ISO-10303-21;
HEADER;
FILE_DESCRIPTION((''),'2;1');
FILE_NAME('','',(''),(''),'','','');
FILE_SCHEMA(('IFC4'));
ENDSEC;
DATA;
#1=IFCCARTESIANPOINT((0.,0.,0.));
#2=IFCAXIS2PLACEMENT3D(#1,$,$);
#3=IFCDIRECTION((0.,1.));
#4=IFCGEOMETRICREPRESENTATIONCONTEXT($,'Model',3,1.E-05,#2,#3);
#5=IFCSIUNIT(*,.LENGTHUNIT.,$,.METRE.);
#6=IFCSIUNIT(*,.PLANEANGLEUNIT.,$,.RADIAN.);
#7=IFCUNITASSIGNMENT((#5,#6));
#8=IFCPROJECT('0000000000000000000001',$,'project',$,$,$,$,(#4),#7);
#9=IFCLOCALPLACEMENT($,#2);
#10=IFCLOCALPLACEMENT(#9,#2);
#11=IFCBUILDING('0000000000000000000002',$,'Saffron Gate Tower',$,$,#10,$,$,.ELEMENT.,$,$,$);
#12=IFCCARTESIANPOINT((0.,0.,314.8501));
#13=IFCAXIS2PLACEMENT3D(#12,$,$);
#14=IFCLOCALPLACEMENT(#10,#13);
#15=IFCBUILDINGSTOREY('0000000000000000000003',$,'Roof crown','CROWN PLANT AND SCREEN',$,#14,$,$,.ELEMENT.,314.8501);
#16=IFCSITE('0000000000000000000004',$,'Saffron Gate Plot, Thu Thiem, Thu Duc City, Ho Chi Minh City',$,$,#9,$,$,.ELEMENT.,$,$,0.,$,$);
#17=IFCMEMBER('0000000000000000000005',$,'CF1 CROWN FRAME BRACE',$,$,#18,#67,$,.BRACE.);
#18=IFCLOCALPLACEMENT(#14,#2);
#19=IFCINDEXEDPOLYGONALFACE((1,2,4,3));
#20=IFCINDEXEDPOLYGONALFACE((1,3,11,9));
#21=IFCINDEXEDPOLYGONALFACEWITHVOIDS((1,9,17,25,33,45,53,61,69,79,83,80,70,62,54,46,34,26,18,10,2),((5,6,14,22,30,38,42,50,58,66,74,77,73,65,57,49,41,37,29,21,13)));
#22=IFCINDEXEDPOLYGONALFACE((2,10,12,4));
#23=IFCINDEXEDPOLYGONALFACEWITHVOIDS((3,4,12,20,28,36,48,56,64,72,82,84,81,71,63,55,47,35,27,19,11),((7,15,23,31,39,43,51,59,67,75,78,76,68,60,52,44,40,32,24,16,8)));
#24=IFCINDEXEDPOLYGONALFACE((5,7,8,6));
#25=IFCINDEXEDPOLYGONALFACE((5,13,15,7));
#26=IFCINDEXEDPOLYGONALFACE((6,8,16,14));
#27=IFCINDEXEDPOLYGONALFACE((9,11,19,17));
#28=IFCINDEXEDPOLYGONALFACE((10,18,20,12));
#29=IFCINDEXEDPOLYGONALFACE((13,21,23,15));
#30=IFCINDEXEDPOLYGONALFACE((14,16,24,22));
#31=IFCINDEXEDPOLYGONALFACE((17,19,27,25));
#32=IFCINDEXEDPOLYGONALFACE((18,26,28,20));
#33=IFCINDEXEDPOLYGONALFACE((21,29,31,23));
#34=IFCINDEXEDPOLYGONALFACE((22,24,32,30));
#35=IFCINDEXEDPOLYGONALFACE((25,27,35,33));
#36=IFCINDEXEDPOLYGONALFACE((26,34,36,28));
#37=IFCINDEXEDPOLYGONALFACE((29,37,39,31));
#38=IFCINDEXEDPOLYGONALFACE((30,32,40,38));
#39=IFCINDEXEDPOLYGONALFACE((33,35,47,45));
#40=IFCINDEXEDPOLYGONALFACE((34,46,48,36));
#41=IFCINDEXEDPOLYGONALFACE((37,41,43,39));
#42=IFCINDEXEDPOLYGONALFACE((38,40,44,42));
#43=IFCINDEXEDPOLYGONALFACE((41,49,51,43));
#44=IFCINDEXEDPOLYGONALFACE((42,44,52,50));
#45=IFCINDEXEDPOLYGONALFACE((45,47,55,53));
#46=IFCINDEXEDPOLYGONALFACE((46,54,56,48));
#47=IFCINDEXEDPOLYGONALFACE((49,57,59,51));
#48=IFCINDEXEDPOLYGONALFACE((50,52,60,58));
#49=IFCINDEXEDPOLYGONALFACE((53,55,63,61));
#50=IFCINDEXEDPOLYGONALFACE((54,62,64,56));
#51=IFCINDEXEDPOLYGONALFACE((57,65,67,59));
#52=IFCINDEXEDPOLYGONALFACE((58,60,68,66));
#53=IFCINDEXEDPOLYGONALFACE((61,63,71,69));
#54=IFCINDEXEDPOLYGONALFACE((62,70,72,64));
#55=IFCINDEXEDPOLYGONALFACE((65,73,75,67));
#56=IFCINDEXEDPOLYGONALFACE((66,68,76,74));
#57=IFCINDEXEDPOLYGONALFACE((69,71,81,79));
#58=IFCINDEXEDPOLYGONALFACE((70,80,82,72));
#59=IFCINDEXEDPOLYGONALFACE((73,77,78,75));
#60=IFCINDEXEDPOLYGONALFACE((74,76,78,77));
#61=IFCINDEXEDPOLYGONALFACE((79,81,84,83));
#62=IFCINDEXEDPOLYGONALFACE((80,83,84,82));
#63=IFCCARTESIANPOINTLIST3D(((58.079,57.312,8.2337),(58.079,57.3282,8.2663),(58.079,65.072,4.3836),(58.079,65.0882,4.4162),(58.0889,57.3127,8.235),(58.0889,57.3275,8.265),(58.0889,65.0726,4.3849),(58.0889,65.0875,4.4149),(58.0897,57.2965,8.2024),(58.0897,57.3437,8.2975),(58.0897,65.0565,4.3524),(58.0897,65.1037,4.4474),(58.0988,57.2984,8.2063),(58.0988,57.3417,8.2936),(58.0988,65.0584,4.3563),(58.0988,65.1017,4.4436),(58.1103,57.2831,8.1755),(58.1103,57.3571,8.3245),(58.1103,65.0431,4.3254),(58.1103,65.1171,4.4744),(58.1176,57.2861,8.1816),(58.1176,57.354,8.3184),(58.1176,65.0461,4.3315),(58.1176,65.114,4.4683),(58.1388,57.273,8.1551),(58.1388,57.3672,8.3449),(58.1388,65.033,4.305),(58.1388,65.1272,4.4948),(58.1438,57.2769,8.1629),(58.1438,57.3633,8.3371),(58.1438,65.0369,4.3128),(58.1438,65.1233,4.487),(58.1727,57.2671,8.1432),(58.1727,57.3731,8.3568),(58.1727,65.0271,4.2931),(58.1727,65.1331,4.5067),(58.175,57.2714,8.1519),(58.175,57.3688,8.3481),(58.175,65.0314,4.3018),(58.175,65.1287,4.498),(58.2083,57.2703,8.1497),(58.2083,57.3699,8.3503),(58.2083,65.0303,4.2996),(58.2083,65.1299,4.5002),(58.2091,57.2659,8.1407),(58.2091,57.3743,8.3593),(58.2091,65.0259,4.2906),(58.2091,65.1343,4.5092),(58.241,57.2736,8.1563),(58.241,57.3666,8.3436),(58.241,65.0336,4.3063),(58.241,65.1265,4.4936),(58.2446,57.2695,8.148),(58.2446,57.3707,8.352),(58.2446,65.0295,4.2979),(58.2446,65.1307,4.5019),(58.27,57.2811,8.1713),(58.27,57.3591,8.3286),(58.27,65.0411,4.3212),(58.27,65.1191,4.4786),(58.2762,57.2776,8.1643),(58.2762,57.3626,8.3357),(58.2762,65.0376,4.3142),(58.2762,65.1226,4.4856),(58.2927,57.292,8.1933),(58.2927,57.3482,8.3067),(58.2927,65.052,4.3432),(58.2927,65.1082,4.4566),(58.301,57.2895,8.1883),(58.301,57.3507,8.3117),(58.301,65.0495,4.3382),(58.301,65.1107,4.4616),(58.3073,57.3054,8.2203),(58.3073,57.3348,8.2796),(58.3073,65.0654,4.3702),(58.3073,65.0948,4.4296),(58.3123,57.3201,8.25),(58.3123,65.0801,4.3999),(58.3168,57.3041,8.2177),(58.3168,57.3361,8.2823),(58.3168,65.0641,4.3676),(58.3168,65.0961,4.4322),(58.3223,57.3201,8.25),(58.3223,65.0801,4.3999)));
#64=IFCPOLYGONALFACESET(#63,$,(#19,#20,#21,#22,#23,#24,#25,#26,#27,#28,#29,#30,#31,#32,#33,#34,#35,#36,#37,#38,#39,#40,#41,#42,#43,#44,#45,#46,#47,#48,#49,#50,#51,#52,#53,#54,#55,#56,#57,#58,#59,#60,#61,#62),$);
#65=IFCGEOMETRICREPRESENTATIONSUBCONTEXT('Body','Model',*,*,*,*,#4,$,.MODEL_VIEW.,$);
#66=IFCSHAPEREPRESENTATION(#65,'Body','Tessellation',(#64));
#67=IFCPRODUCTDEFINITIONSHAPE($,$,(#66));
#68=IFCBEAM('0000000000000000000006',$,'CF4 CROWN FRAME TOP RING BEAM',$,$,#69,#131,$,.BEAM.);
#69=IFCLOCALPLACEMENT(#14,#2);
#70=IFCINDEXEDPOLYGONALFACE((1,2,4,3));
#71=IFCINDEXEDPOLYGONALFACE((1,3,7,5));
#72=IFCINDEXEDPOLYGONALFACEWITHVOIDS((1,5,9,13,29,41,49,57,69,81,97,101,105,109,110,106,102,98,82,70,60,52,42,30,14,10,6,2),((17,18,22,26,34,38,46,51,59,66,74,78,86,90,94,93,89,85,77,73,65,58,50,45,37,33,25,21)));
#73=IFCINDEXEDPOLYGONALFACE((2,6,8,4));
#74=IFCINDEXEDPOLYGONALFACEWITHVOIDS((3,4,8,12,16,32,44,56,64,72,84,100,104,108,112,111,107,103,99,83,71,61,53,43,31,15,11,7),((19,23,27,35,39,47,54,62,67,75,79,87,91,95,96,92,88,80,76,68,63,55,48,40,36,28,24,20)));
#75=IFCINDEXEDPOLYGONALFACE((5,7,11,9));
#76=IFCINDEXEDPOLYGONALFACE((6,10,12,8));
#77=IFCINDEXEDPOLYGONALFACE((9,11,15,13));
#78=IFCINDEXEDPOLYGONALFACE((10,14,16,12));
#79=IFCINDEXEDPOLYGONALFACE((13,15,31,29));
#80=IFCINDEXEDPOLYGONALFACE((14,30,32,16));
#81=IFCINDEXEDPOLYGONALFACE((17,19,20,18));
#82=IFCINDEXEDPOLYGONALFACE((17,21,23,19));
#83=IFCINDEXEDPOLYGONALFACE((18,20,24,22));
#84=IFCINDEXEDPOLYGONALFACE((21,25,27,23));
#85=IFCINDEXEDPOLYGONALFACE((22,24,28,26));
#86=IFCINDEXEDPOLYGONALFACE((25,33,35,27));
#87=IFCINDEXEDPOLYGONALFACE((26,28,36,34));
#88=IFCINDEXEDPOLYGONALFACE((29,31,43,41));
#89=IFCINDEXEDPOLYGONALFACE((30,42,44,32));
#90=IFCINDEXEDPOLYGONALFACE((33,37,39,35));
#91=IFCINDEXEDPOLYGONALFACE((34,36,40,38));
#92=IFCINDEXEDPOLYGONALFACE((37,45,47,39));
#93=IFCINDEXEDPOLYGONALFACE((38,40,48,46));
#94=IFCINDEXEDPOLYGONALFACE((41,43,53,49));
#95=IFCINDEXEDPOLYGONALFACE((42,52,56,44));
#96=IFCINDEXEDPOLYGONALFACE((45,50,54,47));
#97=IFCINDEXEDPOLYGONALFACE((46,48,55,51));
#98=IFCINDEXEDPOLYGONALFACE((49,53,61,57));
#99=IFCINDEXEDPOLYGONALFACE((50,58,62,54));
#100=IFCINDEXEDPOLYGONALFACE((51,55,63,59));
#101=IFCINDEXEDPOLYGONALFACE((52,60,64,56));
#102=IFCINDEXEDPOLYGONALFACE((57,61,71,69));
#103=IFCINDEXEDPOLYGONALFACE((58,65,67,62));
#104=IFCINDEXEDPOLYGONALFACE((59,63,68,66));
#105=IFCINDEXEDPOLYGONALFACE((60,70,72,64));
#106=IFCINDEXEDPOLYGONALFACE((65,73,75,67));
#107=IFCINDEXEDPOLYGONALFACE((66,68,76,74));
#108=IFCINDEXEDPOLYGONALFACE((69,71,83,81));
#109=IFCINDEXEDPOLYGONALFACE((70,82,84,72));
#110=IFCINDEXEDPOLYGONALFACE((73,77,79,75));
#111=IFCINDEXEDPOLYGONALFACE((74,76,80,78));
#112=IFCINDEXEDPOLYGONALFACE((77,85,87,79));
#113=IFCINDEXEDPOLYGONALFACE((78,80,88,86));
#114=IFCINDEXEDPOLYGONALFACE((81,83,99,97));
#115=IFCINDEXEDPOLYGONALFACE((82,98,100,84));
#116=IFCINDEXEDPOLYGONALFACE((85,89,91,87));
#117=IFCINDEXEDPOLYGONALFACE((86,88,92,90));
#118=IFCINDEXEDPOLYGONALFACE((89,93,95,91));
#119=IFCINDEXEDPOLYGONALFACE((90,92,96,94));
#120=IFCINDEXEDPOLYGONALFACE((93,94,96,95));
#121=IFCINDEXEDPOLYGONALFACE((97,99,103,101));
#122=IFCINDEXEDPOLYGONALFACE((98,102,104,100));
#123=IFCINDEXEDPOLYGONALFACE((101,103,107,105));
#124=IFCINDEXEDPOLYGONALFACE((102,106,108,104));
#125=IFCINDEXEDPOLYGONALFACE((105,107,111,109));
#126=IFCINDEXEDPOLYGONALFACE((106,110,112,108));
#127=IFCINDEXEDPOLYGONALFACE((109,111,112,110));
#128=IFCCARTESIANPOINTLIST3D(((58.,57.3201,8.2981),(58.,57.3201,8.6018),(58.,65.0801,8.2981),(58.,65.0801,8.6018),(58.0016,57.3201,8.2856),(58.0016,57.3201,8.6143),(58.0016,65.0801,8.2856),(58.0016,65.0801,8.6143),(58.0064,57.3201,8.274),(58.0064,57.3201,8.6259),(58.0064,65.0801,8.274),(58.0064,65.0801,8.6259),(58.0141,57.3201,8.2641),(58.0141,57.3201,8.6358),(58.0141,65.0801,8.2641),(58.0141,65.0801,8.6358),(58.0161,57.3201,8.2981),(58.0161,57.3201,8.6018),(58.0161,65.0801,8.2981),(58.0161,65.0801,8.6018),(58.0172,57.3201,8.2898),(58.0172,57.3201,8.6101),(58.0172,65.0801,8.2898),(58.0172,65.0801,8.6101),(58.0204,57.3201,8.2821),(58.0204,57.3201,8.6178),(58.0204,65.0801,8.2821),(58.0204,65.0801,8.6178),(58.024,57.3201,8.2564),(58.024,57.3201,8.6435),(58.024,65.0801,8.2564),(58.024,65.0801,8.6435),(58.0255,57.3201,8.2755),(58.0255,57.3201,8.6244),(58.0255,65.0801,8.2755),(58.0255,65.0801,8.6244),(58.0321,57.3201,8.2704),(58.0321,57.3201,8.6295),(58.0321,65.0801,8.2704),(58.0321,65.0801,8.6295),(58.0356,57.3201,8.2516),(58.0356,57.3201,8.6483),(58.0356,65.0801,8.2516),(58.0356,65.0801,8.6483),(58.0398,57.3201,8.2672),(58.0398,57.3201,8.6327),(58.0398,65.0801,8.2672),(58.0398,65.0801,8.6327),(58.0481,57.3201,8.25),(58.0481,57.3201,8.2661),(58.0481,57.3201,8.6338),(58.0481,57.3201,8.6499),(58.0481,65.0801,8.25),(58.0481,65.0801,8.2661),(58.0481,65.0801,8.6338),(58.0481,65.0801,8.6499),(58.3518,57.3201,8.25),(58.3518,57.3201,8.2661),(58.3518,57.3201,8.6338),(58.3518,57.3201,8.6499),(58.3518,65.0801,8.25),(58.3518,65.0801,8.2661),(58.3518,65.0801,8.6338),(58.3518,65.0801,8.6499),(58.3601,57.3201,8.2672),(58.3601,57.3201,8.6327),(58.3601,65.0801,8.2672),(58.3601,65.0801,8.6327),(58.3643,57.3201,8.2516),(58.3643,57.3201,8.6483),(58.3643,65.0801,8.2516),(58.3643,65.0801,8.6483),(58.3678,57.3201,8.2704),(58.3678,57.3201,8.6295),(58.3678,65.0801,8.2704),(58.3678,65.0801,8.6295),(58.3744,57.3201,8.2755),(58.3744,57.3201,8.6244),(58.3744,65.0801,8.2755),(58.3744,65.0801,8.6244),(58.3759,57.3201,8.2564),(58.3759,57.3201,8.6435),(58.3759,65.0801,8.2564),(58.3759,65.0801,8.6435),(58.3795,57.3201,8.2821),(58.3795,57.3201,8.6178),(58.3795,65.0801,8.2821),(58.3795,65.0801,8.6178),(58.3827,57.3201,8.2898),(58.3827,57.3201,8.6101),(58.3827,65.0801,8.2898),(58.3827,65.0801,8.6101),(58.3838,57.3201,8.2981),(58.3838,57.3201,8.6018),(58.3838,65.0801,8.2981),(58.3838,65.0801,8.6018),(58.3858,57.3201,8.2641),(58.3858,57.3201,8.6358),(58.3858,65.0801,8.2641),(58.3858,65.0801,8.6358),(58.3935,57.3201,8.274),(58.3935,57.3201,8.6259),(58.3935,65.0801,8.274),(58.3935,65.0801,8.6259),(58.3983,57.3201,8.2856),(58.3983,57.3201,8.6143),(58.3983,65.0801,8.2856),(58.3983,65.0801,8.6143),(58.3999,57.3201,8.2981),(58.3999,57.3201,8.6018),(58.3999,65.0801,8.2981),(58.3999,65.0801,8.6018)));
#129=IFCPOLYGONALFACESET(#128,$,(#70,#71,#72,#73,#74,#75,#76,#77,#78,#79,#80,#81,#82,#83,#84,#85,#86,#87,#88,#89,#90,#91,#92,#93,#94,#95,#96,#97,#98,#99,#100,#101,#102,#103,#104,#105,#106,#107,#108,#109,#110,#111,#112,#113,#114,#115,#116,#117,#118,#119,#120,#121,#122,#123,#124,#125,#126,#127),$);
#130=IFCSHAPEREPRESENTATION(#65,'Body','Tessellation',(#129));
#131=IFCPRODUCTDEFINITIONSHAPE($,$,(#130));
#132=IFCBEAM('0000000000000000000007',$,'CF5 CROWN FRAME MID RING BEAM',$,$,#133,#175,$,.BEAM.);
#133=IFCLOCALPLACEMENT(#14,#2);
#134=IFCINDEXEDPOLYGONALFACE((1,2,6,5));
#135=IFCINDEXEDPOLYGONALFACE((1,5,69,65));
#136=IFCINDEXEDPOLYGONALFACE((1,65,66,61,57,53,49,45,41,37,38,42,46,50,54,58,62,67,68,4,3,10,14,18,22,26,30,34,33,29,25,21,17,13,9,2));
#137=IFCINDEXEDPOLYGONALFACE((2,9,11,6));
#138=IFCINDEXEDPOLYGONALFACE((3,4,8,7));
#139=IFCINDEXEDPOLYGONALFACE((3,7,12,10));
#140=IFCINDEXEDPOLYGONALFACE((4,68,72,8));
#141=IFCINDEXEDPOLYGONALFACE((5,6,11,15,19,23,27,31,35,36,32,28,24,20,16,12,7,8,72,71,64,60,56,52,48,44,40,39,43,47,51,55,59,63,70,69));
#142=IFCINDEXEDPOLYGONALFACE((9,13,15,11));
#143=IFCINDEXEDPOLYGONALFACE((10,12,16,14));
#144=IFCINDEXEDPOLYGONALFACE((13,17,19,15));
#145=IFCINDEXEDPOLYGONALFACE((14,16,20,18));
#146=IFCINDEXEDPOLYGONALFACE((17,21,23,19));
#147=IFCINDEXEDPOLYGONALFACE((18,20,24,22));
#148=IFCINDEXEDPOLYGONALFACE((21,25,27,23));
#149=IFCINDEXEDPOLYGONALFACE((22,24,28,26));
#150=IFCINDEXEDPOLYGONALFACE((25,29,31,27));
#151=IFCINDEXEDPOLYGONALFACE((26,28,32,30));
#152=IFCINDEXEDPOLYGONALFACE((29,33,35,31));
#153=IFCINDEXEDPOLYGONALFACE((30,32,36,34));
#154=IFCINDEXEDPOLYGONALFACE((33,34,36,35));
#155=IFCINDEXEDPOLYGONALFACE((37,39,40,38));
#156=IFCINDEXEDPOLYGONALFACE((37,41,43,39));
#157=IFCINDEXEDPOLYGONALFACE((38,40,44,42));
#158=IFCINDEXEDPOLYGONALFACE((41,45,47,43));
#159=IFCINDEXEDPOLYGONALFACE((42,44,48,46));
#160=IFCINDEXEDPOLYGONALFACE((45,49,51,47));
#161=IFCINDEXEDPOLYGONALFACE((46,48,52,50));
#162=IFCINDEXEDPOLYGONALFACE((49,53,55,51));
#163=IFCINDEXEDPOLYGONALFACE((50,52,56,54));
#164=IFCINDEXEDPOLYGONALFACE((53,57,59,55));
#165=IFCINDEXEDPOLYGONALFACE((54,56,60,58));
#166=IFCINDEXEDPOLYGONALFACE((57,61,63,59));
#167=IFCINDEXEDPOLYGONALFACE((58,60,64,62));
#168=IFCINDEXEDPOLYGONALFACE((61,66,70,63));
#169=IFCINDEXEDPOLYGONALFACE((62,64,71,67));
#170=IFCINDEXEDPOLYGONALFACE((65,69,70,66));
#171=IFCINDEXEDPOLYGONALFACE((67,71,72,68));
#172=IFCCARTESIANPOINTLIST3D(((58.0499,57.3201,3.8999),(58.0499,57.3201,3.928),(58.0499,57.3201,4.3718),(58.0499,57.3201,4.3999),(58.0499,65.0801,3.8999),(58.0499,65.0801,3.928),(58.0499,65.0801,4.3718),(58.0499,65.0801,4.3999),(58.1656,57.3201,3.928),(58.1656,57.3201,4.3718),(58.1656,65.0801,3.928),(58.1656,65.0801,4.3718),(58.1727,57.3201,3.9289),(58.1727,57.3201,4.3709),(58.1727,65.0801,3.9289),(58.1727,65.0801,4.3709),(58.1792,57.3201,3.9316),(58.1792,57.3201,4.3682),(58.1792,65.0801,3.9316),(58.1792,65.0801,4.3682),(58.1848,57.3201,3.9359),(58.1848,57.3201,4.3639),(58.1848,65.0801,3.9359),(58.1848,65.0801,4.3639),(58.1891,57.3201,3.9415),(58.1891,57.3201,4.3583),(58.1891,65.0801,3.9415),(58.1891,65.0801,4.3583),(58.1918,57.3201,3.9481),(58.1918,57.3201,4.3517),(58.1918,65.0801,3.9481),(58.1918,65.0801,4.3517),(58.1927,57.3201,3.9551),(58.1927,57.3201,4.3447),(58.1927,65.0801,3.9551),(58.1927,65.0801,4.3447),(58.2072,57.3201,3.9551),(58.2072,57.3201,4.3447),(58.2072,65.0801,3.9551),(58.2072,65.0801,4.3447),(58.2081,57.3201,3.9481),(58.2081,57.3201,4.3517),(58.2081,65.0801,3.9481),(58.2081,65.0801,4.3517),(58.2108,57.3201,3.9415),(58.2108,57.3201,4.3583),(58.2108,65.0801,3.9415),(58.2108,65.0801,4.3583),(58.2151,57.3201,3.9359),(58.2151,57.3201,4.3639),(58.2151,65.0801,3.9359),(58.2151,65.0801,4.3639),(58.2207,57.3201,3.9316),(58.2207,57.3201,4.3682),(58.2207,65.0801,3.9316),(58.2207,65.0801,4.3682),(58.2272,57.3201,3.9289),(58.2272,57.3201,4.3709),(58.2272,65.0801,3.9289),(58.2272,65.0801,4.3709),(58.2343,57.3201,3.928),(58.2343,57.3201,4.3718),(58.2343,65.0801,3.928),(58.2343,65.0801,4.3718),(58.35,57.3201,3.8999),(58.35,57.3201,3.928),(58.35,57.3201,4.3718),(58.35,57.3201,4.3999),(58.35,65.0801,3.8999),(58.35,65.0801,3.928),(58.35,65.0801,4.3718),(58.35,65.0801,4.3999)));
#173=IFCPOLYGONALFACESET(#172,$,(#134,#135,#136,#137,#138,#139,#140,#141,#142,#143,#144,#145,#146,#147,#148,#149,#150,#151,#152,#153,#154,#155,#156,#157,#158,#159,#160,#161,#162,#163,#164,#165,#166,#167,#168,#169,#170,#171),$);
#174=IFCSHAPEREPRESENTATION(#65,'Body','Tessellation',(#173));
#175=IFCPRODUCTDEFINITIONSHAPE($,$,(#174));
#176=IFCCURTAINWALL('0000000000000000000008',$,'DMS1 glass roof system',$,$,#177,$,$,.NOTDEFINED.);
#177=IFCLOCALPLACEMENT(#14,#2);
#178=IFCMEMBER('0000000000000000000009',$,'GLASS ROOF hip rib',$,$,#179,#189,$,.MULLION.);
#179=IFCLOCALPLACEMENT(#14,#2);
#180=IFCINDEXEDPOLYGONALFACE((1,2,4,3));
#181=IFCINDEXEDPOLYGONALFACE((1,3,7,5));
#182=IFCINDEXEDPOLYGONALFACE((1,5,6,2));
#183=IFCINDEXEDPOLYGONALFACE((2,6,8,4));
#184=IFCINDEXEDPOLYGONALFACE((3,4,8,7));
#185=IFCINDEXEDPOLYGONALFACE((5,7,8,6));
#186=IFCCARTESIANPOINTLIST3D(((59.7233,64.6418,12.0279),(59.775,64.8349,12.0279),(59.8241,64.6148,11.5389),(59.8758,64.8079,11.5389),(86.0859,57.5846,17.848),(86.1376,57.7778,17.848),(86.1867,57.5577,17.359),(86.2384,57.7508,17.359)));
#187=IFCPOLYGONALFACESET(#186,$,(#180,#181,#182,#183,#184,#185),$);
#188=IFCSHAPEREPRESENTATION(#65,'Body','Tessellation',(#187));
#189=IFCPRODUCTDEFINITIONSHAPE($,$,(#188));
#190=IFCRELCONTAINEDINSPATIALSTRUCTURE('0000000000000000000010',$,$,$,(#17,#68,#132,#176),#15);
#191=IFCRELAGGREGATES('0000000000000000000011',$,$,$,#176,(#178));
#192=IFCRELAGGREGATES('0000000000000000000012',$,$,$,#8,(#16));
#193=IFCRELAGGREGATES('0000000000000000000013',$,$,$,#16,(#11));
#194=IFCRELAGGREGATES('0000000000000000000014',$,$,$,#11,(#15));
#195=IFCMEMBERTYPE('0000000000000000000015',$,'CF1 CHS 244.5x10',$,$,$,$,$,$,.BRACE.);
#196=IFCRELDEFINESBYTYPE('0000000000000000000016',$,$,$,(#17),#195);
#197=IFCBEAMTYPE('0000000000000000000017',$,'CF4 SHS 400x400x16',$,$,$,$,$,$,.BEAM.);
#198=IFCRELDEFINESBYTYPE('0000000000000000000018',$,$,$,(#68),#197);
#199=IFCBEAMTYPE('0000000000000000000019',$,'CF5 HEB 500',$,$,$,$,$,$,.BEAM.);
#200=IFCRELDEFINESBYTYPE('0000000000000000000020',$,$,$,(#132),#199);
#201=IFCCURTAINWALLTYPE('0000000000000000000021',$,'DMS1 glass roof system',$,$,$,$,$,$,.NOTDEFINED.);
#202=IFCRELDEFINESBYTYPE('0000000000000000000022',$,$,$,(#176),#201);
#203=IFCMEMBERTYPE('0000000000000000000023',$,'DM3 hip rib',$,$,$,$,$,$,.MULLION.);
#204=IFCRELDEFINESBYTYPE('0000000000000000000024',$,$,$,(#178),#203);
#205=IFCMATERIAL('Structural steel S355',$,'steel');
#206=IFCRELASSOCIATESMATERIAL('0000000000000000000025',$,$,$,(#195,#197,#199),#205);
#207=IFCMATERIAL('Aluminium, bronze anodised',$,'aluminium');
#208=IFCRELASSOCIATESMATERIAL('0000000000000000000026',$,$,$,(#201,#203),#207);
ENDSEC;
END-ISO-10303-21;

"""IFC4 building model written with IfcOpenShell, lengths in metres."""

from ifc_helpers import new_model, si_unit, direction, frame, origin, origin_2d, place, context, subcontext, project, spatial, rectangle, hollow_rectangle, hollow_circle, i_section, extrude, material, material_profile, profile_set, type_object, element, aggregate, save


model = new_model("IFC4")

# Units and contexts
model_context = context("Model", 3, precision=1e-05, world=origin(), true_north=direction((0.0, 1.0)))
body_context = subcontext(model_context, "Body", "Model", "MODEL_VIEW")
ifc_project = project(units=[si_unit("LENGTHUNIT", "METRE"), si_unit("PLANEANGLEUNIT", "RADIAN")], contexts=[model_context])

# Site, building, storey
site_placement = place(None, origin())
site = spatial("IfcSite", under=ifc_project, at=site_placement, Name="Saffron Gate Plot, Thu Thiem, Thu Duc City, Ho Chi Minh City", CompositionType="ELEMENT", RefElevation=0.0)
building_placement = place(site_placement, origin())
building = spatial("IfcBuilding", under=site, at=building_placement, Name="Saffron Gate Tower", CompositionType="ELEMENT")
storey_placement = place(building_placement, frame((0.0, 0.0, 314.8501)))
storey = spatial("IfcBuildingStorey", under=building, at=storey_placement, Name="Roof crown", Description="CROWN PLANT AND SCREEN", CompositionType="ELEMENT", Elevation=314.8501)

# Shared definitions
ifc_material_1 = material(Name="Structural steel S355", Category="steel")

# Member
ifc_material_profile_1 = material_profile(ifc_material_1, hollow_circle(Radius=0.1223, WallThickness=0.01, at=origin_2d()))
ifc_profile_set_1 = profile_set([ifc_material_profile_1], Name="Structural steel S355")
member_type_1 = type_object("IfcMemberType", Name="CF1 CHS 244.5x10", PredefinedType="BRACE", material=ifc_profile_set_1)
member_1_placement = place(storey_placement, frame((58.2, 65.0801, 4.3999), z_axis=(0.0, -0.895804, 0.44445), x_axis=(1.0, 0.0, 0.0)))
element("IfcMember", 1, at=member_1_placement, inside=storey, type_object=member_type_1, Name="CF1 CROWN FRAME BRACE", PredefinedType="BRACE", context=body_context, shape_type="SweptSolid", body=[
    extrude(hollow_circle(Radius=0.1223, WallThickness=0.01, at=origin_2d()), origin(), (0.0, 0.0, 1.0), 8.6626),
])

# Beams
ifc_material_profile_2 = material_profile(ifc_material_1, hollow_rectangle(XDim=0.3999, YDim=0.3999, WallThickness=0.0161, InnerFilletRadius=0.032, OuterFilletRadius=0.0481, at=origin_2d()))
ifc_profile_set_2 = profile_set([ifc_material_profile_2], Name="Structural steel S355")
beam_type_1 = type_object("IfcBeamType", Name="CF4 SHS 400x400x16", PredefinedType="BEAM", material=ifc_profile_set_2)
beam_1_placement = place(storey_placement, frame((58.2, 65.0801, 8.45), z_axis=(0.0, -1.0, 0.0), x_axis=(1.0, 0.0, 0.0)))
element("IfcBeam", 2, at=beam_1_placement, inside=storey, type_object=beam_type_1, Name="CF4 CROWN FRAME TOP RING BEAM", PredefinedType="BEAM", context=body_context, shape_type="SweptSolid", body=[
    extrude(hollow_rectangle(XDim=0.3999, YDim=0.3999, WallThickness=0.0161, InnerFilletRadius=0.032, OuterFilletRadius=0.0481, at=origin_2d()), origin(), (0.0, 0.0, 1.0), 7.76),
])
ifc_material_profile_3 = material_profile(ifc_material_1, i_section(OverallWidth=0.3, OverallDepth=0.5, WebThickness=0.0144, FlangeThickness=0.0281, FilletRadius=0.0271, at=origin_2d()))
ifc_profile_set_3 = profile_set([ifc_material_profile_3], Name="Structural steel S355")
beam_type_2 = type_object("IfcBeamType", Name="CF5 HEB 500", PredefinedType="BEAM", material=ifc_profile_set_3)
beam_2_placement = place(storey_placement, frame((58.2, 65.0801, 4.1499), z_axis=(0.0, -1.0, 0.0), x_axis=(1.0, 0.0, 0.0)))
element("IfcBeam", 3, at=beam_2_placement, inside=storey, type_object=beam_type_2, Name="CF5 CROWN FRAME MID RING BEAM", PredefinedType="BEAM", context=body_context, shape_type="SweptSolid", body=[
    extrude(i_section(OverallWidth=0.3, OverallDepth=0.5, WebThickness=0.0144, FlangeThickness=0.0281, FilletRadius=0.0271, at=origin_2d()), origin(), (0.0, 0.0, 1.0), 7.76),
])

# Curtain wall, member
ifc_material_2 = material(Name="Aluminium, bronze anodised", Category="aluminium")
curtain_wall_type = type_object("IfcCurtainWallType", Name="DMS1 glass roof system", PredefinedType="NOTDEFINED", material=ifc_material_2)
curtain_wall_placement = place(storey_placement, origin())
curtain_wall = element("IfcCurtainWall", 4, at=curtain_wall_placement, inside=storey, type_object=curtain_wall_type, Name="DMS1 glass roof system", PredefinedType="NOTDEFINED")
ifc_material_profile_4 = material_profile(ifc_material_2, rectangle(XDim=0.2, YDim=0.5, at=origin_2d()))
ifc_profile_set_4 = profile_set([ifc_material_profile_4], Name="Aluminium, bronze anodised")
member_type_2 = type_object("IfcMemberType", Name="DM3 hip rib", PredefinedType="MULLION", material=ifc_profile_set_4)
member_2_placement = place(storey_placement, frame((59.7996, 64.7249, 11.7834), z_axis=(0.944742, -0.252903, 0.208571), x_axis=(0.25859, 0.965987, 0.0)))
member_2 = element("IfcMember", 5, at=member_2_placement, type_object=member_type_2, Name="GLASS ROOF hip rib", PredefinedType="MULLION", context=body_context, shape_type="SweptSolid", body=[
    extrude(rectangle(XDim=0.2, YDim=0.5, at=origin_2d()), origin(), (0.0, 0.0, 1.0), 27.9045),
])
aggregate(curtain_wall, [member_2])

save(model, "model.ifc")
